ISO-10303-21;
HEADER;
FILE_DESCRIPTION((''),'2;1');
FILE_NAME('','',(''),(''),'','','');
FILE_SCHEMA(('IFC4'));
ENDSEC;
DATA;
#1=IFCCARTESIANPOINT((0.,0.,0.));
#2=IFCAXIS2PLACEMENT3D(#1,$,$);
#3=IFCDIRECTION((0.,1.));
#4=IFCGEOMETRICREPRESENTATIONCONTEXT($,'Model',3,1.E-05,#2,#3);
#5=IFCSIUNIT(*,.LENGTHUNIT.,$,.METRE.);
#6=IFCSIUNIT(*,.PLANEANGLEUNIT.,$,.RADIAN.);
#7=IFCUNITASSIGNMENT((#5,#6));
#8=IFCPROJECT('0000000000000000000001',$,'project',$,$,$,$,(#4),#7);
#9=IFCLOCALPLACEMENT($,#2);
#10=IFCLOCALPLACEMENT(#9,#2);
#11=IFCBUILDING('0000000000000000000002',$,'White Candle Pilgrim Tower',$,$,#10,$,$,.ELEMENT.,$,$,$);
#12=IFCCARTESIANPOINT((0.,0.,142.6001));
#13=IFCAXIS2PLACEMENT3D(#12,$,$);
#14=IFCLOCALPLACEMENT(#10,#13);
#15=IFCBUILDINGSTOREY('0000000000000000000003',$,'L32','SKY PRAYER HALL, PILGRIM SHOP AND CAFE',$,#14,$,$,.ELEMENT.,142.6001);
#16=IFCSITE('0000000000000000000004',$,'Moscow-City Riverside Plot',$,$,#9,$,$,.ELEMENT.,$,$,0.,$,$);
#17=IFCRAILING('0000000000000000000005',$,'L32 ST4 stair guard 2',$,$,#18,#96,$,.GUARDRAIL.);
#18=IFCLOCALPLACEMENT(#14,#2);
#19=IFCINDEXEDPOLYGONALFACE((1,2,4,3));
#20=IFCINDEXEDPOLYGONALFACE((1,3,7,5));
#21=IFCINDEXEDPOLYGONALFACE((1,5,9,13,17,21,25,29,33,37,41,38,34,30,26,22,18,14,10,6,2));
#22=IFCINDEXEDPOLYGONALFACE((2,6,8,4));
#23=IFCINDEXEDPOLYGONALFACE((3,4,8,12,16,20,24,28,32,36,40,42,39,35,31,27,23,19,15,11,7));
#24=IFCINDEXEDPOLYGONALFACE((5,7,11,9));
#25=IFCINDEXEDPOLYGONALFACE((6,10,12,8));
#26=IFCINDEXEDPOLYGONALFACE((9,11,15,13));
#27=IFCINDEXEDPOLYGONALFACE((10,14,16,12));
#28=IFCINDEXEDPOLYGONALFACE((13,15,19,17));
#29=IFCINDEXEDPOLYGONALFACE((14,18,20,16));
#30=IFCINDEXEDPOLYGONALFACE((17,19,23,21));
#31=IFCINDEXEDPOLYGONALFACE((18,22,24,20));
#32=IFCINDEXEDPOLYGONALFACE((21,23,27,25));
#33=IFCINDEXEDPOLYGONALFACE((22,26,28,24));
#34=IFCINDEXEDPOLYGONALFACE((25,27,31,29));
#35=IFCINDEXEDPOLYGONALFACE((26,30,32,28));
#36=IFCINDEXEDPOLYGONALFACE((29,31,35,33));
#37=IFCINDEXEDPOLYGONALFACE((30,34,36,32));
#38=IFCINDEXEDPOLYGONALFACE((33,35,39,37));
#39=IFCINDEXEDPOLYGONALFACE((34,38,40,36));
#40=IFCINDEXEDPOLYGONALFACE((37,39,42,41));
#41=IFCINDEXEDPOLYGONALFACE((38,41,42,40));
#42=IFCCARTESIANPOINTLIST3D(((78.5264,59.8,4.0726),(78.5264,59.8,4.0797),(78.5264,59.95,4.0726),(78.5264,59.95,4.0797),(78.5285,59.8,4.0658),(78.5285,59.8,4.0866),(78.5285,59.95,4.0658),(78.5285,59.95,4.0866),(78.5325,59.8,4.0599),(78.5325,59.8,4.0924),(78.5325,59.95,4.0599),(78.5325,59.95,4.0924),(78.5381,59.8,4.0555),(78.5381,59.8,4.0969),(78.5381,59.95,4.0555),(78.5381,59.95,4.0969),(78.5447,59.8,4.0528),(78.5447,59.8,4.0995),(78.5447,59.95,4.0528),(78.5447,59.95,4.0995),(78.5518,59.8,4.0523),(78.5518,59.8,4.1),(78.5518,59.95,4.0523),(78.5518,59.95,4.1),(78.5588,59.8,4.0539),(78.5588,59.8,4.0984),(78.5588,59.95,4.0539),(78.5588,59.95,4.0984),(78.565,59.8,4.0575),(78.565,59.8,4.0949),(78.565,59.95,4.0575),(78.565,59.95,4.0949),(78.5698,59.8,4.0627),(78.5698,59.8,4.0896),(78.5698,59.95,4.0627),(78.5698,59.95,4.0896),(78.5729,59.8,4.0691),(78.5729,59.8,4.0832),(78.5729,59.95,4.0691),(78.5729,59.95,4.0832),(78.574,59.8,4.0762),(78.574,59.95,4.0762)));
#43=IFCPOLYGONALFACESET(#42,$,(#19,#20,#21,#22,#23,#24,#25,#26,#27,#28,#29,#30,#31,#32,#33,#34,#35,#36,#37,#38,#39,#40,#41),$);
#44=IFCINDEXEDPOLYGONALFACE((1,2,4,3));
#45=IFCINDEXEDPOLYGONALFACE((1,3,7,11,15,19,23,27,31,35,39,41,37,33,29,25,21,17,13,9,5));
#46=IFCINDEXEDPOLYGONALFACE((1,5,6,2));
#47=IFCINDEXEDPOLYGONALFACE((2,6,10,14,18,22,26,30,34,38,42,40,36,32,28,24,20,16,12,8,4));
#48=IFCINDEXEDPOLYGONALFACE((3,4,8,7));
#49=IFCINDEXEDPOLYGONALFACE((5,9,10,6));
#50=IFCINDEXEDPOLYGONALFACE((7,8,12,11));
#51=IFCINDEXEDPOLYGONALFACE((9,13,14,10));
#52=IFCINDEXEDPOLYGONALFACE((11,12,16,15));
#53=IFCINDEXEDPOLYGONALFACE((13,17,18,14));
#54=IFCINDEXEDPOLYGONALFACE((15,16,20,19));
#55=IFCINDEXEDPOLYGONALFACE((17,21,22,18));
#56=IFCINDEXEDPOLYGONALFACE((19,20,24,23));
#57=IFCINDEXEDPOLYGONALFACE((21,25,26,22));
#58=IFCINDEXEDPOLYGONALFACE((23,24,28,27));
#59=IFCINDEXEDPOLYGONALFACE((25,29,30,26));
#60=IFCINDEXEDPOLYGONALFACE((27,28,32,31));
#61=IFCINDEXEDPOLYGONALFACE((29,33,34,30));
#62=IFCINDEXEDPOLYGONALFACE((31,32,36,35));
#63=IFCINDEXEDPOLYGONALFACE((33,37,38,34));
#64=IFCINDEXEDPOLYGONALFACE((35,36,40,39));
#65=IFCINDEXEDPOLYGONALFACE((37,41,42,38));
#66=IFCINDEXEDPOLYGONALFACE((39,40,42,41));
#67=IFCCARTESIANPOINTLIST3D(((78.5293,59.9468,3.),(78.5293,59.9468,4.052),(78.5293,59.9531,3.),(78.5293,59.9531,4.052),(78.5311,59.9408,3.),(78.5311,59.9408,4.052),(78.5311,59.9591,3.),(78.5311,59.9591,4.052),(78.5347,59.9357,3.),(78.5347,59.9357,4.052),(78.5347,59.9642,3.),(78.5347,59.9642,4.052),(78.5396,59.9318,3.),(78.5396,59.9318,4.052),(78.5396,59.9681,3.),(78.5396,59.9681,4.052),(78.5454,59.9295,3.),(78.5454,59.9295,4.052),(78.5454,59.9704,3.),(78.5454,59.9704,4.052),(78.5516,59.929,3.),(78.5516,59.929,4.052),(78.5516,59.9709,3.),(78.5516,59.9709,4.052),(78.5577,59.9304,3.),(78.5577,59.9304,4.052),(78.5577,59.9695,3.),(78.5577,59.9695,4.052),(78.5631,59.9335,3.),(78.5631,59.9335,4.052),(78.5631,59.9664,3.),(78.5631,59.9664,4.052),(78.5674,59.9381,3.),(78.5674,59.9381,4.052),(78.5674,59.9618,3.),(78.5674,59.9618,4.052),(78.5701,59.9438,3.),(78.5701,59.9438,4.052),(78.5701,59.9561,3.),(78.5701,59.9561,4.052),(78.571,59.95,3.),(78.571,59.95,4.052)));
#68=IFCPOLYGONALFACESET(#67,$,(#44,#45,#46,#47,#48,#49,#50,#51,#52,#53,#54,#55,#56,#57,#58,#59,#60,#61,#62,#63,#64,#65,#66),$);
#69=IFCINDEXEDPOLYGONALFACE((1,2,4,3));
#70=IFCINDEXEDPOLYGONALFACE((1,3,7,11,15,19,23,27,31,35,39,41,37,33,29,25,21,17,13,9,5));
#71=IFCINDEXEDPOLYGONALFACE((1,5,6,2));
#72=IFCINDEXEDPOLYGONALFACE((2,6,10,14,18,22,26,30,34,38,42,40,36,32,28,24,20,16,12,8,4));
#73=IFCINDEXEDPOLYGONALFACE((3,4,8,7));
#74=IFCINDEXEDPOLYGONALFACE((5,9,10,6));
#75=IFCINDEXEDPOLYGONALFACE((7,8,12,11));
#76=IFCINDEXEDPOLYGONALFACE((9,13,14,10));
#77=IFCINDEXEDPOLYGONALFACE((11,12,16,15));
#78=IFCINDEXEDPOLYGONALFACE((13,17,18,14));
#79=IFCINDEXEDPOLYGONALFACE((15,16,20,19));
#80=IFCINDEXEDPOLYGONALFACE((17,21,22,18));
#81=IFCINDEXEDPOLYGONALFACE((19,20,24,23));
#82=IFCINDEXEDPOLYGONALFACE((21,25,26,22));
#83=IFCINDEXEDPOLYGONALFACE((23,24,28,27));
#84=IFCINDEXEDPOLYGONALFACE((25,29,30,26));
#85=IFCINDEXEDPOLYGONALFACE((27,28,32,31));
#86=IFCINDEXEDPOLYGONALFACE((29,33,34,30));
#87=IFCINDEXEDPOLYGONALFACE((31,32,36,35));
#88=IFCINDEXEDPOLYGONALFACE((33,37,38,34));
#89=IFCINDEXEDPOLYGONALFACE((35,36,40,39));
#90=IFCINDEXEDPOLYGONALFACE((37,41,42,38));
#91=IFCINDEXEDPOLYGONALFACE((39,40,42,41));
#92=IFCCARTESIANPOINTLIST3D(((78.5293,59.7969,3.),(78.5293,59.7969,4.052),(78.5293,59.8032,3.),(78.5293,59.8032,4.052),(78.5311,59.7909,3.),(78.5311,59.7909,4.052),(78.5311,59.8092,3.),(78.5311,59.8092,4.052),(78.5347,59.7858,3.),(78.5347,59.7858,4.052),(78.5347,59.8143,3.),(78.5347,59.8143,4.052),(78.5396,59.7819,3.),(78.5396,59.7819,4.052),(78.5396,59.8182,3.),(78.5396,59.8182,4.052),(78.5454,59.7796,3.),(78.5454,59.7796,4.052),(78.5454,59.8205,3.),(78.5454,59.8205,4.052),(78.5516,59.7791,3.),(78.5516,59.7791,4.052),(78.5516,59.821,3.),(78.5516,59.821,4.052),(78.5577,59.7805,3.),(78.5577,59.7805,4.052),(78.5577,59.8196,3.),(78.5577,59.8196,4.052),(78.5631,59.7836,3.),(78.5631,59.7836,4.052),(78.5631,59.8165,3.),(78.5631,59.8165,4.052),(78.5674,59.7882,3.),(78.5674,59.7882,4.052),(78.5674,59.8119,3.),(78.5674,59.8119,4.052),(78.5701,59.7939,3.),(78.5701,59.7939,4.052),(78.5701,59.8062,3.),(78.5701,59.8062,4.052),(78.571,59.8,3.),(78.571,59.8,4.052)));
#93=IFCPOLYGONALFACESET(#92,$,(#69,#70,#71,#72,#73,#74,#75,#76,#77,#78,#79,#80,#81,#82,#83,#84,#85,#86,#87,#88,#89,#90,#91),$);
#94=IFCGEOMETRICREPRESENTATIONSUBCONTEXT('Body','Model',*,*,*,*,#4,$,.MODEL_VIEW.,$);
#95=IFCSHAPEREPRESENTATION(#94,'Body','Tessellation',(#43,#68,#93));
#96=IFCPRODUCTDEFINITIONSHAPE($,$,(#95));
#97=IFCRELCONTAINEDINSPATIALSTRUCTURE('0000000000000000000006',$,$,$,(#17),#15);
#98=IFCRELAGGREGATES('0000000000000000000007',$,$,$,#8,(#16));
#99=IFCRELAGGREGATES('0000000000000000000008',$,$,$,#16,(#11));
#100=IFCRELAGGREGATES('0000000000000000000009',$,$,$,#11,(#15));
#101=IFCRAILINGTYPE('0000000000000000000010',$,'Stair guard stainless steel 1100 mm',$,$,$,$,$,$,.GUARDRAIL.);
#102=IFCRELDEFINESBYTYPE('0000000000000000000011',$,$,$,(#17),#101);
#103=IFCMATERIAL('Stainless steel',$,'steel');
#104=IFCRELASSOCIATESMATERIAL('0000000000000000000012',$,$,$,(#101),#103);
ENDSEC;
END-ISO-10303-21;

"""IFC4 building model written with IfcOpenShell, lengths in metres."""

from ifc_helpers import new_model, si_unit, direction, frame, origin, origin_2d, place, context, subcontext, project, spatial, circle, extrude, material, type_object, element, save


model = new_model("IFC4")

# Units and contexts
model_context = context("Model", 3, precision=1e-05, world=origin(), true_north=direction((0.0, 1.0)))
body_context = subcontext(model_context, "Body", "Model", "MODEL_VIEW")
ifc_project = project(units=[si_unit("LENGTHUNIT", "METRE"), si_unit("PLANEANGLEUNIT", "RADIAN")], contexts=[model_context])

# Site, building, storey
site_placement = place(None, origin())
site = spatial("IfcSite", under=ifc_project, at=site_placement, Name="Moscow-City Riverside Plot", CompositionType="ELEMENT", RefElevation=0.0)
building_placement = place(site_placement, origin())
building = spatial("IfcBuilding", under=site, at=building_placement, Name="White Candle Pilgrim Tower", CompositionType="ELEMENT")
storey_placement = place(building_placement, frame((0.0, 0.0, 142.6001)))
storey = spatial("IfcBuildingStorey", under=building, at=storey_placement, Name="L32", Description="SKY PRAYER HALL, PILGRIM SHOP AND CAFE", CompositionType="ELEMENT", Elevation=142.6001)

# Railing
ifc_material_1 = material(Name="Stainless steel", Category="steel")
railing_type_1 = type_object("IfcRailingType", Name="Stair guard stainless steel 1100 mm", PredefinedType="GUARDRAIL", material=ifc_material_1)
railing_1_placement = place(storey_placement, frame((78.55, 59.95, 3.0)))
element("IfcRailing", 1, at=railing_1_placement, inside=storey, type_object=railing_type_1, Name="L32 ST4 stair guard 2", PredefinedType="GUARDRAIL", context=body_context, shape_type="SweptSolid", body=[
    extrude(circle(Radius=0.0239, at=origin_2d()), frame((0.0, 0.0, 1.0762), z_axis=(0.0, -1.0, 0.0), x_axis=(1.0, 0.0, 0.0)), (0.0, 0.0, 1.0), 0.1499),
    extrude(circle(Radius=0.021, at=origin_2d()), origin(), (0.0, 0.0, 1.0), 1.052),
    extrude(circle(Radius=0.021, at=origin_2d()), frame((0.0, -0.1499, 0.0)), (0.0, 0.0, 1.0), 1.052),
])

save(model, "model.ifc")
